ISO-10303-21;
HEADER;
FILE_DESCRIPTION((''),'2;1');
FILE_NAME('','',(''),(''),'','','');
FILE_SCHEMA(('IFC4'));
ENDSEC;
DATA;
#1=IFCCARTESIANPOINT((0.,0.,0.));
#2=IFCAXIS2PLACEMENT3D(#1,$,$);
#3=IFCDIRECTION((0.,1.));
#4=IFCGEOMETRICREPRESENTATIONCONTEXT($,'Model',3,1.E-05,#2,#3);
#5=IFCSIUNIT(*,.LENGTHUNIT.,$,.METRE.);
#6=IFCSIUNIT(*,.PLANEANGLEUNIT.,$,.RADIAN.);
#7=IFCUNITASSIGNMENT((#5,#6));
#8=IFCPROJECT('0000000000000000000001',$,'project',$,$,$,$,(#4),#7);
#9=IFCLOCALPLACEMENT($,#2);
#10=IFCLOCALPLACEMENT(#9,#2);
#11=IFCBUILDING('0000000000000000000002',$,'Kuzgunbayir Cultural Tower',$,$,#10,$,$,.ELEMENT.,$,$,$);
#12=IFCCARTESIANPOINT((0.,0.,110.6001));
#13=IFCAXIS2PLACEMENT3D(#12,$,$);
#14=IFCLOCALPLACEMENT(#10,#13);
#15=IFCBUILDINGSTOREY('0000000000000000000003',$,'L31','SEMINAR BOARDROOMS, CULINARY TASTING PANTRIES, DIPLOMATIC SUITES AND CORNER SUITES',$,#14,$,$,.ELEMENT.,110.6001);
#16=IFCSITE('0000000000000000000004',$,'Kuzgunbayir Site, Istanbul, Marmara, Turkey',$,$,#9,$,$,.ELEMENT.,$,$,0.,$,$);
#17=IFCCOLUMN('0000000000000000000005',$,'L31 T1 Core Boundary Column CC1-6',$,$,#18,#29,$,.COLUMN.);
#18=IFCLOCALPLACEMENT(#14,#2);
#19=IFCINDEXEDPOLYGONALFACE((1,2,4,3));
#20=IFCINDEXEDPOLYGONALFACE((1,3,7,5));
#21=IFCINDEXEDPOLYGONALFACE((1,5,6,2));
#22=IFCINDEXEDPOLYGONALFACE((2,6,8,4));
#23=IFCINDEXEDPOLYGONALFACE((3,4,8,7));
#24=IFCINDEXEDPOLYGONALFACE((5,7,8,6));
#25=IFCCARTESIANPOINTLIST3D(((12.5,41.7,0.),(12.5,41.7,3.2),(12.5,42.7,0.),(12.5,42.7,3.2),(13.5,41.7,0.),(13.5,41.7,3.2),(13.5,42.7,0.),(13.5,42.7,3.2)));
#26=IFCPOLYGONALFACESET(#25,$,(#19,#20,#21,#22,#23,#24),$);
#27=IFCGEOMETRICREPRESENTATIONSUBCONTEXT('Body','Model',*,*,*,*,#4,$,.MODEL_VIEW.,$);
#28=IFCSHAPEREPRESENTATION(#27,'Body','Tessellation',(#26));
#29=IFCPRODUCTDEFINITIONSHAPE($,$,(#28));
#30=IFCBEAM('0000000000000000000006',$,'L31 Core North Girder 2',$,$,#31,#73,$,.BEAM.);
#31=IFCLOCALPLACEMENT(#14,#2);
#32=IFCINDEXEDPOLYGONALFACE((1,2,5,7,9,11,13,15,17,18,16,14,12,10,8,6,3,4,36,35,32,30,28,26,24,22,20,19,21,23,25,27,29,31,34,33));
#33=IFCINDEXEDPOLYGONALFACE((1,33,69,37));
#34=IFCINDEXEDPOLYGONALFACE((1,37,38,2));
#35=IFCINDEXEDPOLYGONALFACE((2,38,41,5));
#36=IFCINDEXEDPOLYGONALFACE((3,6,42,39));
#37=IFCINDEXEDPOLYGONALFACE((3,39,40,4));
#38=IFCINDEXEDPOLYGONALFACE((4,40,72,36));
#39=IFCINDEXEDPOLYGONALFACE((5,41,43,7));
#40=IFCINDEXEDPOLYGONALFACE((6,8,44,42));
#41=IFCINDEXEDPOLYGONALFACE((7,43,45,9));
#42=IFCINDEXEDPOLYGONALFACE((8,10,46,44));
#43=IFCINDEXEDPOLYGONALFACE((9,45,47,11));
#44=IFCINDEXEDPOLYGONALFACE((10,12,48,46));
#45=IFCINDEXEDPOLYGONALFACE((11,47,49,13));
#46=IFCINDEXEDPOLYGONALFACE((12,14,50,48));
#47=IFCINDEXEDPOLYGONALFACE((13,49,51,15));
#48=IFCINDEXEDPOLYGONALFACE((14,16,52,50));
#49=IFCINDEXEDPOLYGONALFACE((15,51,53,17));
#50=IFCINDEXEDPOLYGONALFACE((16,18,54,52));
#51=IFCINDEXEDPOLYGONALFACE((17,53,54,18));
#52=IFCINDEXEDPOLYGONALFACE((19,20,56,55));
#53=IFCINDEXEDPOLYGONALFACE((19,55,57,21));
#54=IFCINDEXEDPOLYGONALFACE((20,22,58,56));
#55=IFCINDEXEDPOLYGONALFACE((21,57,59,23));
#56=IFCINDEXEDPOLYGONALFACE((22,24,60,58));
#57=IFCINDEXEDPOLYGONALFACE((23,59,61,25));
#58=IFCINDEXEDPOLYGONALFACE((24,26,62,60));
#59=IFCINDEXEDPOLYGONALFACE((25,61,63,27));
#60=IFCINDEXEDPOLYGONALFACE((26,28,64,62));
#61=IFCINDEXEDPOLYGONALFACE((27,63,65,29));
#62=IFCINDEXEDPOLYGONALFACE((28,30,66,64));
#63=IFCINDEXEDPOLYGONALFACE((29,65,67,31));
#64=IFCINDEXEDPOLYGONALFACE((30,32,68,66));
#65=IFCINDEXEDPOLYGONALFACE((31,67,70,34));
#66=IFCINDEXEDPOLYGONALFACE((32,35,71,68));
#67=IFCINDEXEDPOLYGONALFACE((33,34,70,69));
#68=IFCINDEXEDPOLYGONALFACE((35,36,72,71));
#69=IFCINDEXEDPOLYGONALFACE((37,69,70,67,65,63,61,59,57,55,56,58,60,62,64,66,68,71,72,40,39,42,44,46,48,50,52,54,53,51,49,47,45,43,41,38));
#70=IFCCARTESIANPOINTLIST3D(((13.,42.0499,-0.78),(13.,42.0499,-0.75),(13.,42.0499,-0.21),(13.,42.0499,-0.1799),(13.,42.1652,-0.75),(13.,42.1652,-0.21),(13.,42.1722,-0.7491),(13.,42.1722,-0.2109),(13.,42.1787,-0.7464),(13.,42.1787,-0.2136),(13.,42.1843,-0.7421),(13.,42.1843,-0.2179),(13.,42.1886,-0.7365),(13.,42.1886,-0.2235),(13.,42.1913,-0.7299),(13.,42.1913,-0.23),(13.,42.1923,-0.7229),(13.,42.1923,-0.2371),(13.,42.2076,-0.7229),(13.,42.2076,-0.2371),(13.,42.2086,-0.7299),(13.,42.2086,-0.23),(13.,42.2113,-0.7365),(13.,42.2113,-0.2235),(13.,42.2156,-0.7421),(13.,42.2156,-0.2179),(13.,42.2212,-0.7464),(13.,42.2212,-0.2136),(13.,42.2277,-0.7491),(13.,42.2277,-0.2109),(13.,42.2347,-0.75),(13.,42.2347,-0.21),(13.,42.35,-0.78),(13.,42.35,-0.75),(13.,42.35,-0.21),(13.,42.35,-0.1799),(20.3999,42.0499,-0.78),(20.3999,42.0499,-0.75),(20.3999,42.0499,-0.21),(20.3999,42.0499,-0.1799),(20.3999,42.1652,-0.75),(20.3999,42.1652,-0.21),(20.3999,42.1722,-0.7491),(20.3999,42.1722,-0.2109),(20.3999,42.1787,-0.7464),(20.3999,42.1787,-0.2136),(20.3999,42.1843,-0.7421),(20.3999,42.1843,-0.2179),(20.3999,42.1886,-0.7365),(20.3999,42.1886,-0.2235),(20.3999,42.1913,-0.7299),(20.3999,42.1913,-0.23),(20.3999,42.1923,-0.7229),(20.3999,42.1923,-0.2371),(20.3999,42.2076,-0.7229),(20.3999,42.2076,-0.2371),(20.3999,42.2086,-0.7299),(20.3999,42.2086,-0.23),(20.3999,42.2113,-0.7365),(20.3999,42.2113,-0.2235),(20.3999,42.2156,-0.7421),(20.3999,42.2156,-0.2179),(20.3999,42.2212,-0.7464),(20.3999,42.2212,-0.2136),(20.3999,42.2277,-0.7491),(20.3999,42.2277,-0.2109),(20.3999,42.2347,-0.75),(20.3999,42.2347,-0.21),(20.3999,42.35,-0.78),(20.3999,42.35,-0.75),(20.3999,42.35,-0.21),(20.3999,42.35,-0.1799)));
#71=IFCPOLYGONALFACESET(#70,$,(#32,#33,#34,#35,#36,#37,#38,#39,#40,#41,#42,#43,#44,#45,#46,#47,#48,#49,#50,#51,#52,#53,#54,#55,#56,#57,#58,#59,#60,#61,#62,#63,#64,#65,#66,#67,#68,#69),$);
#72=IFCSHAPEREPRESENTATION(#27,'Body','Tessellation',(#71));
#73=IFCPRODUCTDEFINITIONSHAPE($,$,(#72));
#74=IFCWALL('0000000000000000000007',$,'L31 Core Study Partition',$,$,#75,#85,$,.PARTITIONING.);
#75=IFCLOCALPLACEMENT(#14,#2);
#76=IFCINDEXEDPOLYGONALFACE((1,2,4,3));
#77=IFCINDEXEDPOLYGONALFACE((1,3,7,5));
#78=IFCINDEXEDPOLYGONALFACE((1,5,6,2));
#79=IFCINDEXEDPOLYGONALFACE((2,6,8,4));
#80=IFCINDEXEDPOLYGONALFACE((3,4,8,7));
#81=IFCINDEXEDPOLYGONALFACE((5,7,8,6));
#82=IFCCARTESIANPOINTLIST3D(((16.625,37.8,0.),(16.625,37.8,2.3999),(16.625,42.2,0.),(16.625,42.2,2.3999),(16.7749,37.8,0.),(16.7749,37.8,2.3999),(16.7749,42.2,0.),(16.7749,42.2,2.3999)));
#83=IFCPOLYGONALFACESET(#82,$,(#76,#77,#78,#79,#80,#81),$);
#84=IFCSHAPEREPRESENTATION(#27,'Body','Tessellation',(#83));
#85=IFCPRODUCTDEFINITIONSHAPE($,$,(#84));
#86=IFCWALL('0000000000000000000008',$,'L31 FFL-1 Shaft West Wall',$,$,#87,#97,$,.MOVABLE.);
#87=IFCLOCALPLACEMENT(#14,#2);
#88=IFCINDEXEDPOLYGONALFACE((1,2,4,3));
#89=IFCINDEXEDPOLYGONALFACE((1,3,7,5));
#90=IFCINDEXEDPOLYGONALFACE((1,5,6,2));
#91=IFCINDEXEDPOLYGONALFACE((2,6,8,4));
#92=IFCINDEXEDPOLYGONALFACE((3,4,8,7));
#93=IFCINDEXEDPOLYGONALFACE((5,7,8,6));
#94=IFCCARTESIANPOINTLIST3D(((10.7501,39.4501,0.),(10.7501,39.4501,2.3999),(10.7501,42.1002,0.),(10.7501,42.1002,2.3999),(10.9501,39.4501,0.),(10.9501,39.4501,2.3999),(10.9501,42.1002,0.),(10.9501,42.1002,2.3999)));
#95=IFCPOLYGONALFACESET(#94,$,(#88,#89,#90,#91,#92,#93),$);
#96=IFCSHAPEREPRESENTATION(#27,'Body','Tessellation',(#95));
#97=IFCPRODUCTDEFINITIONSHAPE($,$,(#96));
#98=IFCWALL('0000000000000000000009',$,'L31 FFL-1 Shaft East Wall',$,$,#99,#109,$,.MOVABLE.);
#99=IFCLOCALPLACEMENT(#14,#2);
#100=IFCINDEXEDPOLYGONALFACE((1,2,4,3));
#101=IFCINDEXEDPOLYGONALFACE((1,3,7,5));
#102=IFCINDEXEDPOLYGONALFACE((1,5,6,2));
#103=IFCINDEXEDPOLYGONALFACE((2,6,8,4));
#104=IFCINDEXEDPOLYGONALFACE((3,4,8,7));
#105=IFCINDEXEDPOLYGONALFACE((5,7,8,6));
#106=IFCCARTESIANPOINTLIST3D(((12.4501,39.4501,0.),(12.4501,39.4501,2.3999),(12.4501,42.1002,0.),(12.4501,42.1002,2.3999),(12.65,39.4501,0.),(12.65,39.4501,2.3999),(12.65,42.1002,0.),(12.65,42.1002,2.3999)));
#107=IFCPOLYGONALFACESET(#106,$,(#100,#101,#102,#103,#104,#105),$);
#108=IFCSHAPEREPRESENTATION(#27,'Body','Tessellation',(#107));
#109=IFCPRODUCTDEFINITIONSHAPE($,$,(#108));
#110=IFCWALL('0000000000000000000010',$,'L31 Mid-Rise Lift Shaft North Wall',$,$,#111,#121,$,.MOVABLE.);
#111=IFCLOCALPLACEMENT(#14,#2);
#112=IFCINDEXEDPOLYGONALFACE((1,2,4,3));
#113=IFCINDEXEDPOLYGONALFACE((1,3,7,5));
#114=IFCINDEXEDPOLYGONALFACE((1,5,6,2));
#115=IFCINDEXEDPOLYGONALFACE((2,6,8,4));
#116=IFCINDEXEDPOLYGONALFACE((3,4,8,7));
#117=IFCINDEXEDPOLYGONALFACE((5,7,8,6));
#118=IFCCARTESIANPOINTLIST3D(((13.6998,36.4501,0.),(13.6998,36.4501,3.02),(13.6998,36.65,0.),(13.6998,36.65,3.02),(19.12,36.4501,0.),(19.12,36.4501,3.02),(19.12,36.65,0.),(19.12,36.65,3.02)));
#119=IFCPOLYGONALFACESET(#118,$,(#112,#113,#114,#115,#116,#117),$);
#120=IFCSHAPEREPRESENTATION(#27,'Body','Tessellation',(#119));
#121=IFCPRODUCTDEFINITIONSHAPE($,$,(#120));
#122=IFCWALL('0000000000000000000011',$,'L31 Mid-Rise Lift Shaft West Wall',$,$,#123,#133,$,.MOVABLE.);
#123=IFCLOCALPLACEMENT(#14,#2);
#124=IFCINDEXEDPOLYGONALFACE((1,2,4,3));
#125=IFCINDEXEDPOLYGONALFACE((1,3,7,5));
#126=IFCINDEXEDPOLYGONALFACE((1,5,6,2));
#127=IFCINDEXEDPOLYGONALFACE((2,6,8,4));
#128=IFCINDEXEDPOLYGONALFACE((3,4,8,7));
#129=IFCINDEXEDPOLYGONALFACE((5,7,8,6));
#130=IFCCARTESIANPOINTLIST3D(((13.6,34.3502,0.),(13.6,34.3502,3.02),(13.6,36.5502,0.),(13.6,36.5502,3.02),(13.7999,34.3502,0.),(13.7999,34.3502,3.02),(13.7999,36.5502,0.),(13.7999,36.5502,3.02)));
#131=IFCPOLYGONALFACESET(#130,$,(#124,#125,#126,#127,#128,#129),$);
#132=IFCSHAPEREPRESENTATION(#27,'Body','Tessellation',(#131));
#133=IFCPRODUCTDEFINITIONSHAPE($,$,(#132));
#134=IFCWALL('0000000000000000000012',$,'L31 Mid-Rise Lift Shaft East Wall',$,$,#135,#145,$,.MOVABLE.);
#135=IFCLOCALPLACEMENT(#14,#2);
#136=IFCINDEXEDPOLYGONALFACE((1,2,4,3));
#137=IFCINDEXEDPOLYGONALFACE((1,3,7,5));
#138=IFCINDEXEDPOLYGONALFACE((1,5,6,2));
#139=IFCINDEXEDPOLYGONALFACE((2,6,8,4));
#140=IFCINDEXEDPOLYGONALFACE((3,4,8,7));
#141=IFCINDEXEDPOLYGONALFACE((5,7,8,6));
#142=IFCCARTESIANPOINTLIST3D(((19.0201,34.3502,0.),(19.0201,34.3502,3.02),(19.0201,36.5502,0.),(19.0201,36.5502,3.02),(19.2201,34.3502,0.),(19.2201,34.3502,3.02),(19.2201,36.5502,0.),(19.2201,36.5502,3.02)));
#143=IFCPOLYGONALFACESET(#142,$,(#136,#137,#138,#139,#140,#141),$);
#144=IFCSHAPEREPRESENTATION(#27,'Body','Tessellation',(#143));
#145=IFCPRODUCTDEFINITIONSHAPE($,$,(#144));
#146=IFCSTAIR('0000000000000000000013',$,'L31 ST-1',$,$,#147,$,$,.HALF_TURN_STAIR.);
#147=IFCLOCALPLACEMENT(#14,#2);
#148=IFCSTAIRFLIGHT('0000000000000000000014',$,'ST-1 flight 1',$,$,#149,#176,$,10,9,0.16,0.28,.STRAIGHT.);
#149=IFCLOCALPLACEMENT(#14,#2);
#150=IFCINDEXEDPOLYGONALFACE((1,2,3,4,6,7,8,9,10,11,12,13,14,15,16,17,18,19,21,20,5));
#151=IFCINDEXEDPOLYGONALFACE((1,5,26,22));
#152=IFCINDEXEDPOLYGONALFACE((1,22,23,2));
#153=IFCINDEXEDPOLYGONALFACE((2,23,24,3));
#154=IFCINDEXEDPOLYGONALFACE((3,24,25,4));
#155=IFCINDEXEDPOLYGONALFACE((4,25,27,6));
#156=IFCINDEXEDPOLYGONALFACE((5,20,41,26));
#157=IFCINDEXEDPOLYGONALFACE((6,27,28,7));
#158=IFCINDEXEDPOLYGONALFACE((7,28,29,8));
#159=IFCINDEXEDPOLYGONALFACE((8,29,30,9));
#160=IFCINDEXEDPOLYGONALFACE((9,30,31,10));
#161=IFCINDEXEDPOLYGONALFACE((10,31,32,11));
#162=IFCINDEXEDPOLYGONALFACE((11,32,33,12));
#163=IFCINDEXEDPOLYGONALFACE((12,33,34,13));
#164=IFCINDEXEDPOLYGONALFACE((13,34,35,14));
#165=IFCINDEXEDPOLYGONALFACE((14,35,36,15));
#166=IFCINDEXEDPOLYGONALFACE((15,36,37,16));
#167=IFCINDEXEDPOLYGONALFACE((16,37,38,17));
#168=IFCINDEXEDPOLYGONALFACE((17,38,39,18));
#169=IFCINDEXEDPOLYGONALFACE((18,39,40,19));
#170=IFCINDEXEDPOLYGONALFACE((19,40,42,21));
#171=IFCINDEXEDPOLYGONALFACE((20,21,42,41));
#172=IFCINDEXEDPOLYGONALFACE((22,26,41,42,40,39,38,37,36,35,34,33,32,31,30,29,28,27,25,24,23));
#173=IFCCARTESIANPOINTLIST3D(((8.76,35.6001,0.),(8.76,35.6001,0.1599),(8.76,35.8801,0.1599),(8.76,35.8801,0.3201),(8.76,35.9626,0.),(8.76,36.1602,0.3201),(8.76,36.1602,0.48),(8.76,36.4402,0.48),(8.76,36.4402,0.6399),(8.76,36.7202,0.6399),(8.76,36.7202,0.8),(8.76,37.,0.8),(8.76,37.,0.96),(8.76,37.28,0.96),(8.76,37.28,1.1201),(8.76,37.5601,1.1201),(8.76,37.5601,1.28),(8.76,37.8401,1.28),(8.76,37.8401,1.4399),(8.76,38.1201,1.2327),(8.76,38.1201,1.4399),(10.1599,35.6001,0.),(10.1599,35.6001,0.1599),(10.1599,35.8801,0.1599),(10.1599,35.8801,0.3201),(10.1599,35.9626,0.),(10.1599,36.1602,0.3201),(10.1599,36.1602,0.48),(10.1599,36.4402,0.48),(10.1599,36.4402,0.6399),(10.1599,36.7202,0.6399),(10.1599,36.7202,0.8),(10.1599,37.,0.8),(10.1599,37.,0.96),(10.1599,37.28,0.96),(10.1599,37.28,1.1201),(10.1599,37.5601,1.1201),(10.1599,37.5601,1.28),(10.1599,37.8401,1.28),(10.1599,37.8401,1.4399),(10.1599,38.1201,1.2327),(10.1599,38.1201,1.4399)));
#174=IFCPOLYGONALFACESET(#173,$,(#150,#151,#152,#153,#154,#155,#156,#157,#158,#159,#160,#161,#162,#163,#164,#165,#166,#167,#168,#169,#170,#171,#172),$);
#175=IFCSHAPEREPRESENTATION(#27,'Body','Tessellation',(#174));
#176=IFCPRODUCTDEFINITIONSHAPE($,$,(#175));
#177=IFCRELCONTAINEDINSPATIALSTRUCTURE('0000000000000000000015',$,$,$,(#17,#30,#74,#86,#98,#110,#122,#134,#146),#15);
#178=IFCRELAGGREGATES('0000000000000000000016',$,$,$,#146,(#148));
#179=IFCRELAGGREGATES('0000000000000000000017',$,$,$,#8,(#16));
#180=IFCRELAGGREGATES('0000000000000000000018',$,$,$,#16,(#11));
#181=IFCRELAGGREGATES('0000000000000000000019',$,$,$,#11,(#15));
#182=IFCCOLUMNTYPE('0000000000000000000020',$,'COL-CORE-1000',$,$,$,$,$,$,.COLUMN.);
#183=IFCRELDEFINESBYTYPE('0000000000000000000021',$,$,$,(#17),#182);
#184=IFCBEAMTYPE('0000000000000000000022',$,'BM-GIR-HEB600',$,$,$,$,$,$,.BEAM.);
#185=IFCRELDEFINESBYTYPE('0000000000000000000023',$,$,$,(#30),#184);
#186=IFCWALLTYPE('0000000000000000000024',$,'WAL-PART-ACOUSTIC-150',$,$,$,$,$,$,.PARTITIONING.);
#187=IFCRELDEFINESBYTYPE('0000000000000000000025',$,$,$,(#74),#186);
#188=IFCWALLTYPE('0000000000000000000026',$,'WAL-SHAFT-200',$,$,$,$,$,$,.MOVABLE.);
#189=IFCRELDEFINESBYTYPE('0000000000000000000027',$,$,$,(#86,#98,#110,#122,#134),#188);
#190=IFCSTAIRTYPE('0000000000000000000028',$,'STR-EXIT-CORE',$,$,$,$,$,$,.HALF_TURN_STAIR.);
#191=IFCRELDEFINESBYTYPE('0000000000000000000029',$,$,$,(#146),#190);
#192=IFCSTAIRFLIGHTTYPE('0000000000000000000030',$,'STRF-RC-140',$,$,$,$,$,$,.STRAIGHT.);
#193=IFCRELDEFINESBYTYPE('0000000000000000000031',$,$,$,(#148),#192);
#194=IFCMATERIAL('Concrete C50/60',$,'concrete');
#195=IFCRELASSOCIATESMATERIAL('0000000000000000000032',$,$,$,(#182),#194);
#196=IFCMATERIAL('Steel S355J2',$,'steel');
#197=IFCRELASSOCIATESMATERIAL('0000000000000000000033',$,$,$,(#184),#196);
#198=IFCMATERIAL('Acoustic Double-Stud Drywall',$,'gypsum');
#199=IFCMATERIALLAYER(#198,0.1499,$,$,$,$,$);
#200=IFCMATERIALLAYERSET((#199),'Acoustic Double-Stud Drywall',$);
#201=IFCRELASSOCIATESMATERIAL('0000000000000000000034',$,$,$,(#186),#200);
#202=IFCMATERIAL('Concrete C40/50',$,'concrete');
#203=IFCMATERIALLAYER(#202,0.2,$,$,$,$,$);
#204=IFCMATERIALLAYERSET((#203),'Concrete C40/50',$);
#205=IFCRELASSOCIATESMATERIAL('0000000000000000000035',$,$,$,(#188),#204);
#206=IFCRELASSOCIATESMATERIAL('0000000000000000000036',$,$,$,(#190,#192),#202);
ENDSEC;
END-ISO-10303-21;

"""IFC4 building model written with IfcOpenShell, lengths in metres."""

from ifc_helpers import new_model, si_unit, direction, frame, frame_2d, origin, origin_2d, place, context, subcontext, project, spatial, polyline, rectangle, i_section, outline, extrude, material, layer, layer_set, material_profile, profile_set, type_object, element, aggregate, save


model = new_model("IFC4")

# Units and contexts
model_context = context("Model", 3, precision=1e-05, world=origin(), true_north=direction((0.0, 1.0)))
body_context = subcontext(model_context, "Body", "Model", "MODEL_VIEW")
ifc_project = project(units=[si_unit("LENGTHUNIT", "METRE"), si_unit("PLANEANGLEUNIT", "RADIAN")], contexts=[model_context])

# Site, building, storey
site_placement = place(None, origin())
site = spatial("IfcSite", under=ifc_project, at=site_placement, Name="Kuzgunbayir Site, Istanbul, Marmara, Turkey", CompositionType="ELEMENT", RefElevation=0.0)
building_placement = place(site_placement, origin())
building = spatial("IfcBuilding", under=site, at=building_placement, Name="Kuzgunbayir Cultural Tower", CompositionType="ELEMENT")
storey_placement = place(building_placement, frame((0.0, 0.0, 110.6001)))
storey = spatial("IfcBuildingStorey", under=building, at=storey_placement, Name="L31", Description="SEMINAR BOARDROOMS, CULINARY TASTING PANTRIES, DIPLOMATIC SUITES AND CORNER SUITES", CompositionType="ELEMENT", Elevation=110.6001)

# Column
ifc_material_1 = material(Name="Concrete C50/60", Category="concrete")
ifc_material_profile_1 = material_profile(ifc_material_1, rectangle(XDim=1.0, YDim=1.0, at=origin_2d()), Name="RC 1000x1000")
ifc_profile_set_1 = profile_set([ifc_material_profile_1], Name="Concrete C50/60")
column_type = type_object("IfcColumnType", Name="COL-CORE-1000", PredefinedType="COLUMN", material=ifc_profile_set_1)
column_placement = place(storey_placement, frame((13.0, 42.2, 0.0), z_axis=(0.0, 0.0, 1.0), x_axis=(1.0, 0.0, 0.0)))
element("IfcColumn", 1, at=column_placement, inside=storey, type_object=column_type, Name="L31 T1 Core Boundary Column CC1-6", PredefinedType="COLUMN", context=body_context, shape_type="SweptSolid", body=[
    extrude(rectangle(XDim=1.0, YDim=1.0, at=origin_2d()), origin(), (0.0, 0.0, 1.0), 3.2),
])

# Beam
ifc_material_2 = material(Name="Steel S355J2", Category="steel")
ifc_material_profile_2 = material_profile(ifc_material_2, i_section(OverallWidth=0.3, OverallDepth=0.6001, WebThickness=0.0154, FlangeThickness=0.03, FilletRadius=0.0271, at=origin_2d()), Name="HEB 600")
ifc_profile_set_2 = profile_set([ifc_material_profile_2], Name="Steel S355J2")
beam_type = type_object("IfcBeamType", Name="BM-GIR-HEB600", PredefinedType="BEAM", material=ifc_profile_set_2)
beam_placement = place(storey_placement, frame((13.0, 42.2, -0.48), z_axis=(1.0, 0.0, 0.0), x_axis=(0.0, 1.0, 0.0)))
element("IfcBeam", 2, at=beam_placement, inside=storey, type_object=beam_type, Name="L31 Core North Girder 2", PredefinedType="BEAM", context=body_context, shape_type="SweptSolid", body=[
    extrude(i_section(OverallWidth=0.3, OverallDepth=0.6001, WebThickness=0.0154, FlangeThickness=0.03, FilletRadius=0.0271, at=origin_2d()), origin(), (0.0, 0.0, 1.0), 7.3999),
])

# Shared definitions
ifc_material_3 = material(Name="Acoustic Double-Stud Drywall", Category="gypsum")
ifc_layer_1 = layer(ifc_material_3, 0.1499)
ifc_layer_set_1 = layer_set([ifc_layer_1], Name="Acoustic Double-Stud Drywall")
wall_type_1 = type_object("IfcWallType", Name="WAL-PART-ACOUSTIC-150", PredefinedType="PARTITIONING", material=ifc_layer_set_1)

# Wall
wall_1_placement = place(storey_placement, frame((16.7, 37.8, 0.0), z_axis=(0.0, 0.0, 1.0), x_axis=(0.0, 1.0, 0.0)))
element("IfcWall", 3, at=wall_1_placement, inside=storey, type_object=wall_type_1, Name="L31 Core Study Partition", PredefinedType="PARTITIONING", context=body_context, shape_type="SweptSolid", body=[
    extrude(rectangle(XDim=4.3999, YDim=0.1499, at=frame_2d((2.2, 0.0))), origin(), (0.0, 0.0, 1.0), 2.3999),
])

# Shared definitions
ifc_material_4 = material(Name="Concrete C40/50", Category="concrete")
ifc_layer_2 = layer(ifc_material_4, 0.2)
ifc_layer_set_2 = layer_set([ifc_layer_2], Name="Concrete C40/50")
wall_type_2 = type_object("IfcWallType", Name="WAL-SHAFT-200", PredefinedType="MOVABLE", material=ifc_layer_set_2)

# Walls
for number, where, z_axis, x_axis, name in (
    (4, (10.8501, 39.45, 0.0), (0.0, 0.0, 1.0), (0.0, 1.0, 0.0), "L31 FFL-1 Shaft West Wall"),
    (5, (12.55, 39.45, 0.0), (0.0, 0.0, 1.0), (0.0, 1.0, 0.0), "L31 FFL-1 Shaft East Wall"),
):
    element("IfcWall", number, at=place(storey_placement, frame(where, z_axis=z_axis, x_axis=x_axis)), inside=storey, type_object=wall_type_2, Name=name, PredefinedType="MOVABLE", context=body_context, shape_type="SweptSolid", body=[
        extrude(rectangle(XDim=2.6501, YDim=0.2, at=frame_2d((1.3252, 0.0))), origin(), (0.0, 0.0, 1.0), 2.3999),
    ])
wall_2_placement = place(storey_placement, frame((13.7, 36.55, 0.0), z_axis=(0.0, 0.0, 1.0), x_axis=(1.0, 0.0, 0.0)))
element("IfcWall", 6, at=wall_2_placement, inside=storey, type_object=wall_type_2, Name="L31 Mid-Rise Lift Shaft North Wall", PredefinedType="MOVABLE", context=body_context, shape_type="SweptSolid", body=[
    extrude(rectangle(XDim=5.4202, YDim=0.2, at=frame_2d((2.71, 0.0))), origin(), (0.0, 0.0, 1.0), 3.02),
])
for number, where, z_axis, x_axis, name in (
    (7, (13.7, 34.3501, 0.0), (0.0, 0.0, 1.0), (0.0, 1.0, 0.0), "L31 Mid-Rise Lift Shaft West Wall"),
    (8, (19.1201, 34.3501, 0.0), (0.0, 0.0, 1.0), (0.0, 1.0, 0.0), "L31 Mid-Rise Lift Shaft East Wall"),
):
    element("IfcWall", number, at=place(storey_placement, frame(where, z_axis=z_axis, x_axis=x_axis)), inside=storey, type_object=wall_type_2, Name=name, PredefinedType="MOVABLE", context=body_context, shape_type="SweptSolid", body=[
        extrude(rectangle(XDim=2.2, YDim=0.2, at=frame_2d((1.1001, 0.0))), origin(), (0.0, 0.0, 1.0), 3.02),
    ])

# Stair, stair flight
stair_type = type_object("IfcStairType", Name="STR-EXIT-CORE", PredefinedType="HALF_TURN_STAIR", material=ifc_material_4)
stair_placement = place(storey_placement, origin())
stair = element("IfcStair", 9, at=stair_placement, inside=storey, type_object=stair_type, Name="L31 ST-1", PredefinedType="HALF_TURN_STAIR")
stair_flight_type = type_object("IfcStairFlightType", Name="STRF-RC-140", PredefinedType="STRAIGHT", material=ifc_material_4)
stair_flight_placement = place(storey_placement, frame((9.46, 35.6001, 0.0), z_axis=(0.0, 0.0, 1.0), x_axis=(0.0, 1.0, 0.0)))
stair_flight = element("IfcStairFlight", 10, at=stair_flight_placement, type_object=stair_flight_type, Name="ST-1 flight 1", NumberOfRisers=10, NumberOfTreads=9, PredefinedType="STRAIGHT", RiserHeight=0.16, TreadLength=0.28, context=body_context, shape_type="SweptSolid", body=[
    extrude(outline(polyline([(0.0, 0.0), (0.0, 0.1599), (0.28, 0.1599), (0.28, 0.3201), (0.5601, 0.3201), (0.5601, 0.48), (0.8401, 0.48), (0.8401, 0.6399), (1.1201, 0.6399), (1.1201, 0.8), (1.3999, 0.8), (1.3999, 0.96), (1.6799, 0.96), (1.6799, 1.1201), (1.96, 1.1201), (1.96, 1.28), (2.24, 1.28), (2.24, 1.4399), (2.52, 1.4399), (2.52, 1.6001), (2.52, 1.2327), (0.3625, 0.0), (0.0, 0.0)])), frame((0.0, 0.7, 0.0), z_axis=(0.0, -1.0, 0.0), x_axis=(1.0, 0.0, 0.0)), (0.0, 0.0, 1.0), 1.3999),
])
aggregate(stair, [stair_flight])

save(model, "model.ifc")
